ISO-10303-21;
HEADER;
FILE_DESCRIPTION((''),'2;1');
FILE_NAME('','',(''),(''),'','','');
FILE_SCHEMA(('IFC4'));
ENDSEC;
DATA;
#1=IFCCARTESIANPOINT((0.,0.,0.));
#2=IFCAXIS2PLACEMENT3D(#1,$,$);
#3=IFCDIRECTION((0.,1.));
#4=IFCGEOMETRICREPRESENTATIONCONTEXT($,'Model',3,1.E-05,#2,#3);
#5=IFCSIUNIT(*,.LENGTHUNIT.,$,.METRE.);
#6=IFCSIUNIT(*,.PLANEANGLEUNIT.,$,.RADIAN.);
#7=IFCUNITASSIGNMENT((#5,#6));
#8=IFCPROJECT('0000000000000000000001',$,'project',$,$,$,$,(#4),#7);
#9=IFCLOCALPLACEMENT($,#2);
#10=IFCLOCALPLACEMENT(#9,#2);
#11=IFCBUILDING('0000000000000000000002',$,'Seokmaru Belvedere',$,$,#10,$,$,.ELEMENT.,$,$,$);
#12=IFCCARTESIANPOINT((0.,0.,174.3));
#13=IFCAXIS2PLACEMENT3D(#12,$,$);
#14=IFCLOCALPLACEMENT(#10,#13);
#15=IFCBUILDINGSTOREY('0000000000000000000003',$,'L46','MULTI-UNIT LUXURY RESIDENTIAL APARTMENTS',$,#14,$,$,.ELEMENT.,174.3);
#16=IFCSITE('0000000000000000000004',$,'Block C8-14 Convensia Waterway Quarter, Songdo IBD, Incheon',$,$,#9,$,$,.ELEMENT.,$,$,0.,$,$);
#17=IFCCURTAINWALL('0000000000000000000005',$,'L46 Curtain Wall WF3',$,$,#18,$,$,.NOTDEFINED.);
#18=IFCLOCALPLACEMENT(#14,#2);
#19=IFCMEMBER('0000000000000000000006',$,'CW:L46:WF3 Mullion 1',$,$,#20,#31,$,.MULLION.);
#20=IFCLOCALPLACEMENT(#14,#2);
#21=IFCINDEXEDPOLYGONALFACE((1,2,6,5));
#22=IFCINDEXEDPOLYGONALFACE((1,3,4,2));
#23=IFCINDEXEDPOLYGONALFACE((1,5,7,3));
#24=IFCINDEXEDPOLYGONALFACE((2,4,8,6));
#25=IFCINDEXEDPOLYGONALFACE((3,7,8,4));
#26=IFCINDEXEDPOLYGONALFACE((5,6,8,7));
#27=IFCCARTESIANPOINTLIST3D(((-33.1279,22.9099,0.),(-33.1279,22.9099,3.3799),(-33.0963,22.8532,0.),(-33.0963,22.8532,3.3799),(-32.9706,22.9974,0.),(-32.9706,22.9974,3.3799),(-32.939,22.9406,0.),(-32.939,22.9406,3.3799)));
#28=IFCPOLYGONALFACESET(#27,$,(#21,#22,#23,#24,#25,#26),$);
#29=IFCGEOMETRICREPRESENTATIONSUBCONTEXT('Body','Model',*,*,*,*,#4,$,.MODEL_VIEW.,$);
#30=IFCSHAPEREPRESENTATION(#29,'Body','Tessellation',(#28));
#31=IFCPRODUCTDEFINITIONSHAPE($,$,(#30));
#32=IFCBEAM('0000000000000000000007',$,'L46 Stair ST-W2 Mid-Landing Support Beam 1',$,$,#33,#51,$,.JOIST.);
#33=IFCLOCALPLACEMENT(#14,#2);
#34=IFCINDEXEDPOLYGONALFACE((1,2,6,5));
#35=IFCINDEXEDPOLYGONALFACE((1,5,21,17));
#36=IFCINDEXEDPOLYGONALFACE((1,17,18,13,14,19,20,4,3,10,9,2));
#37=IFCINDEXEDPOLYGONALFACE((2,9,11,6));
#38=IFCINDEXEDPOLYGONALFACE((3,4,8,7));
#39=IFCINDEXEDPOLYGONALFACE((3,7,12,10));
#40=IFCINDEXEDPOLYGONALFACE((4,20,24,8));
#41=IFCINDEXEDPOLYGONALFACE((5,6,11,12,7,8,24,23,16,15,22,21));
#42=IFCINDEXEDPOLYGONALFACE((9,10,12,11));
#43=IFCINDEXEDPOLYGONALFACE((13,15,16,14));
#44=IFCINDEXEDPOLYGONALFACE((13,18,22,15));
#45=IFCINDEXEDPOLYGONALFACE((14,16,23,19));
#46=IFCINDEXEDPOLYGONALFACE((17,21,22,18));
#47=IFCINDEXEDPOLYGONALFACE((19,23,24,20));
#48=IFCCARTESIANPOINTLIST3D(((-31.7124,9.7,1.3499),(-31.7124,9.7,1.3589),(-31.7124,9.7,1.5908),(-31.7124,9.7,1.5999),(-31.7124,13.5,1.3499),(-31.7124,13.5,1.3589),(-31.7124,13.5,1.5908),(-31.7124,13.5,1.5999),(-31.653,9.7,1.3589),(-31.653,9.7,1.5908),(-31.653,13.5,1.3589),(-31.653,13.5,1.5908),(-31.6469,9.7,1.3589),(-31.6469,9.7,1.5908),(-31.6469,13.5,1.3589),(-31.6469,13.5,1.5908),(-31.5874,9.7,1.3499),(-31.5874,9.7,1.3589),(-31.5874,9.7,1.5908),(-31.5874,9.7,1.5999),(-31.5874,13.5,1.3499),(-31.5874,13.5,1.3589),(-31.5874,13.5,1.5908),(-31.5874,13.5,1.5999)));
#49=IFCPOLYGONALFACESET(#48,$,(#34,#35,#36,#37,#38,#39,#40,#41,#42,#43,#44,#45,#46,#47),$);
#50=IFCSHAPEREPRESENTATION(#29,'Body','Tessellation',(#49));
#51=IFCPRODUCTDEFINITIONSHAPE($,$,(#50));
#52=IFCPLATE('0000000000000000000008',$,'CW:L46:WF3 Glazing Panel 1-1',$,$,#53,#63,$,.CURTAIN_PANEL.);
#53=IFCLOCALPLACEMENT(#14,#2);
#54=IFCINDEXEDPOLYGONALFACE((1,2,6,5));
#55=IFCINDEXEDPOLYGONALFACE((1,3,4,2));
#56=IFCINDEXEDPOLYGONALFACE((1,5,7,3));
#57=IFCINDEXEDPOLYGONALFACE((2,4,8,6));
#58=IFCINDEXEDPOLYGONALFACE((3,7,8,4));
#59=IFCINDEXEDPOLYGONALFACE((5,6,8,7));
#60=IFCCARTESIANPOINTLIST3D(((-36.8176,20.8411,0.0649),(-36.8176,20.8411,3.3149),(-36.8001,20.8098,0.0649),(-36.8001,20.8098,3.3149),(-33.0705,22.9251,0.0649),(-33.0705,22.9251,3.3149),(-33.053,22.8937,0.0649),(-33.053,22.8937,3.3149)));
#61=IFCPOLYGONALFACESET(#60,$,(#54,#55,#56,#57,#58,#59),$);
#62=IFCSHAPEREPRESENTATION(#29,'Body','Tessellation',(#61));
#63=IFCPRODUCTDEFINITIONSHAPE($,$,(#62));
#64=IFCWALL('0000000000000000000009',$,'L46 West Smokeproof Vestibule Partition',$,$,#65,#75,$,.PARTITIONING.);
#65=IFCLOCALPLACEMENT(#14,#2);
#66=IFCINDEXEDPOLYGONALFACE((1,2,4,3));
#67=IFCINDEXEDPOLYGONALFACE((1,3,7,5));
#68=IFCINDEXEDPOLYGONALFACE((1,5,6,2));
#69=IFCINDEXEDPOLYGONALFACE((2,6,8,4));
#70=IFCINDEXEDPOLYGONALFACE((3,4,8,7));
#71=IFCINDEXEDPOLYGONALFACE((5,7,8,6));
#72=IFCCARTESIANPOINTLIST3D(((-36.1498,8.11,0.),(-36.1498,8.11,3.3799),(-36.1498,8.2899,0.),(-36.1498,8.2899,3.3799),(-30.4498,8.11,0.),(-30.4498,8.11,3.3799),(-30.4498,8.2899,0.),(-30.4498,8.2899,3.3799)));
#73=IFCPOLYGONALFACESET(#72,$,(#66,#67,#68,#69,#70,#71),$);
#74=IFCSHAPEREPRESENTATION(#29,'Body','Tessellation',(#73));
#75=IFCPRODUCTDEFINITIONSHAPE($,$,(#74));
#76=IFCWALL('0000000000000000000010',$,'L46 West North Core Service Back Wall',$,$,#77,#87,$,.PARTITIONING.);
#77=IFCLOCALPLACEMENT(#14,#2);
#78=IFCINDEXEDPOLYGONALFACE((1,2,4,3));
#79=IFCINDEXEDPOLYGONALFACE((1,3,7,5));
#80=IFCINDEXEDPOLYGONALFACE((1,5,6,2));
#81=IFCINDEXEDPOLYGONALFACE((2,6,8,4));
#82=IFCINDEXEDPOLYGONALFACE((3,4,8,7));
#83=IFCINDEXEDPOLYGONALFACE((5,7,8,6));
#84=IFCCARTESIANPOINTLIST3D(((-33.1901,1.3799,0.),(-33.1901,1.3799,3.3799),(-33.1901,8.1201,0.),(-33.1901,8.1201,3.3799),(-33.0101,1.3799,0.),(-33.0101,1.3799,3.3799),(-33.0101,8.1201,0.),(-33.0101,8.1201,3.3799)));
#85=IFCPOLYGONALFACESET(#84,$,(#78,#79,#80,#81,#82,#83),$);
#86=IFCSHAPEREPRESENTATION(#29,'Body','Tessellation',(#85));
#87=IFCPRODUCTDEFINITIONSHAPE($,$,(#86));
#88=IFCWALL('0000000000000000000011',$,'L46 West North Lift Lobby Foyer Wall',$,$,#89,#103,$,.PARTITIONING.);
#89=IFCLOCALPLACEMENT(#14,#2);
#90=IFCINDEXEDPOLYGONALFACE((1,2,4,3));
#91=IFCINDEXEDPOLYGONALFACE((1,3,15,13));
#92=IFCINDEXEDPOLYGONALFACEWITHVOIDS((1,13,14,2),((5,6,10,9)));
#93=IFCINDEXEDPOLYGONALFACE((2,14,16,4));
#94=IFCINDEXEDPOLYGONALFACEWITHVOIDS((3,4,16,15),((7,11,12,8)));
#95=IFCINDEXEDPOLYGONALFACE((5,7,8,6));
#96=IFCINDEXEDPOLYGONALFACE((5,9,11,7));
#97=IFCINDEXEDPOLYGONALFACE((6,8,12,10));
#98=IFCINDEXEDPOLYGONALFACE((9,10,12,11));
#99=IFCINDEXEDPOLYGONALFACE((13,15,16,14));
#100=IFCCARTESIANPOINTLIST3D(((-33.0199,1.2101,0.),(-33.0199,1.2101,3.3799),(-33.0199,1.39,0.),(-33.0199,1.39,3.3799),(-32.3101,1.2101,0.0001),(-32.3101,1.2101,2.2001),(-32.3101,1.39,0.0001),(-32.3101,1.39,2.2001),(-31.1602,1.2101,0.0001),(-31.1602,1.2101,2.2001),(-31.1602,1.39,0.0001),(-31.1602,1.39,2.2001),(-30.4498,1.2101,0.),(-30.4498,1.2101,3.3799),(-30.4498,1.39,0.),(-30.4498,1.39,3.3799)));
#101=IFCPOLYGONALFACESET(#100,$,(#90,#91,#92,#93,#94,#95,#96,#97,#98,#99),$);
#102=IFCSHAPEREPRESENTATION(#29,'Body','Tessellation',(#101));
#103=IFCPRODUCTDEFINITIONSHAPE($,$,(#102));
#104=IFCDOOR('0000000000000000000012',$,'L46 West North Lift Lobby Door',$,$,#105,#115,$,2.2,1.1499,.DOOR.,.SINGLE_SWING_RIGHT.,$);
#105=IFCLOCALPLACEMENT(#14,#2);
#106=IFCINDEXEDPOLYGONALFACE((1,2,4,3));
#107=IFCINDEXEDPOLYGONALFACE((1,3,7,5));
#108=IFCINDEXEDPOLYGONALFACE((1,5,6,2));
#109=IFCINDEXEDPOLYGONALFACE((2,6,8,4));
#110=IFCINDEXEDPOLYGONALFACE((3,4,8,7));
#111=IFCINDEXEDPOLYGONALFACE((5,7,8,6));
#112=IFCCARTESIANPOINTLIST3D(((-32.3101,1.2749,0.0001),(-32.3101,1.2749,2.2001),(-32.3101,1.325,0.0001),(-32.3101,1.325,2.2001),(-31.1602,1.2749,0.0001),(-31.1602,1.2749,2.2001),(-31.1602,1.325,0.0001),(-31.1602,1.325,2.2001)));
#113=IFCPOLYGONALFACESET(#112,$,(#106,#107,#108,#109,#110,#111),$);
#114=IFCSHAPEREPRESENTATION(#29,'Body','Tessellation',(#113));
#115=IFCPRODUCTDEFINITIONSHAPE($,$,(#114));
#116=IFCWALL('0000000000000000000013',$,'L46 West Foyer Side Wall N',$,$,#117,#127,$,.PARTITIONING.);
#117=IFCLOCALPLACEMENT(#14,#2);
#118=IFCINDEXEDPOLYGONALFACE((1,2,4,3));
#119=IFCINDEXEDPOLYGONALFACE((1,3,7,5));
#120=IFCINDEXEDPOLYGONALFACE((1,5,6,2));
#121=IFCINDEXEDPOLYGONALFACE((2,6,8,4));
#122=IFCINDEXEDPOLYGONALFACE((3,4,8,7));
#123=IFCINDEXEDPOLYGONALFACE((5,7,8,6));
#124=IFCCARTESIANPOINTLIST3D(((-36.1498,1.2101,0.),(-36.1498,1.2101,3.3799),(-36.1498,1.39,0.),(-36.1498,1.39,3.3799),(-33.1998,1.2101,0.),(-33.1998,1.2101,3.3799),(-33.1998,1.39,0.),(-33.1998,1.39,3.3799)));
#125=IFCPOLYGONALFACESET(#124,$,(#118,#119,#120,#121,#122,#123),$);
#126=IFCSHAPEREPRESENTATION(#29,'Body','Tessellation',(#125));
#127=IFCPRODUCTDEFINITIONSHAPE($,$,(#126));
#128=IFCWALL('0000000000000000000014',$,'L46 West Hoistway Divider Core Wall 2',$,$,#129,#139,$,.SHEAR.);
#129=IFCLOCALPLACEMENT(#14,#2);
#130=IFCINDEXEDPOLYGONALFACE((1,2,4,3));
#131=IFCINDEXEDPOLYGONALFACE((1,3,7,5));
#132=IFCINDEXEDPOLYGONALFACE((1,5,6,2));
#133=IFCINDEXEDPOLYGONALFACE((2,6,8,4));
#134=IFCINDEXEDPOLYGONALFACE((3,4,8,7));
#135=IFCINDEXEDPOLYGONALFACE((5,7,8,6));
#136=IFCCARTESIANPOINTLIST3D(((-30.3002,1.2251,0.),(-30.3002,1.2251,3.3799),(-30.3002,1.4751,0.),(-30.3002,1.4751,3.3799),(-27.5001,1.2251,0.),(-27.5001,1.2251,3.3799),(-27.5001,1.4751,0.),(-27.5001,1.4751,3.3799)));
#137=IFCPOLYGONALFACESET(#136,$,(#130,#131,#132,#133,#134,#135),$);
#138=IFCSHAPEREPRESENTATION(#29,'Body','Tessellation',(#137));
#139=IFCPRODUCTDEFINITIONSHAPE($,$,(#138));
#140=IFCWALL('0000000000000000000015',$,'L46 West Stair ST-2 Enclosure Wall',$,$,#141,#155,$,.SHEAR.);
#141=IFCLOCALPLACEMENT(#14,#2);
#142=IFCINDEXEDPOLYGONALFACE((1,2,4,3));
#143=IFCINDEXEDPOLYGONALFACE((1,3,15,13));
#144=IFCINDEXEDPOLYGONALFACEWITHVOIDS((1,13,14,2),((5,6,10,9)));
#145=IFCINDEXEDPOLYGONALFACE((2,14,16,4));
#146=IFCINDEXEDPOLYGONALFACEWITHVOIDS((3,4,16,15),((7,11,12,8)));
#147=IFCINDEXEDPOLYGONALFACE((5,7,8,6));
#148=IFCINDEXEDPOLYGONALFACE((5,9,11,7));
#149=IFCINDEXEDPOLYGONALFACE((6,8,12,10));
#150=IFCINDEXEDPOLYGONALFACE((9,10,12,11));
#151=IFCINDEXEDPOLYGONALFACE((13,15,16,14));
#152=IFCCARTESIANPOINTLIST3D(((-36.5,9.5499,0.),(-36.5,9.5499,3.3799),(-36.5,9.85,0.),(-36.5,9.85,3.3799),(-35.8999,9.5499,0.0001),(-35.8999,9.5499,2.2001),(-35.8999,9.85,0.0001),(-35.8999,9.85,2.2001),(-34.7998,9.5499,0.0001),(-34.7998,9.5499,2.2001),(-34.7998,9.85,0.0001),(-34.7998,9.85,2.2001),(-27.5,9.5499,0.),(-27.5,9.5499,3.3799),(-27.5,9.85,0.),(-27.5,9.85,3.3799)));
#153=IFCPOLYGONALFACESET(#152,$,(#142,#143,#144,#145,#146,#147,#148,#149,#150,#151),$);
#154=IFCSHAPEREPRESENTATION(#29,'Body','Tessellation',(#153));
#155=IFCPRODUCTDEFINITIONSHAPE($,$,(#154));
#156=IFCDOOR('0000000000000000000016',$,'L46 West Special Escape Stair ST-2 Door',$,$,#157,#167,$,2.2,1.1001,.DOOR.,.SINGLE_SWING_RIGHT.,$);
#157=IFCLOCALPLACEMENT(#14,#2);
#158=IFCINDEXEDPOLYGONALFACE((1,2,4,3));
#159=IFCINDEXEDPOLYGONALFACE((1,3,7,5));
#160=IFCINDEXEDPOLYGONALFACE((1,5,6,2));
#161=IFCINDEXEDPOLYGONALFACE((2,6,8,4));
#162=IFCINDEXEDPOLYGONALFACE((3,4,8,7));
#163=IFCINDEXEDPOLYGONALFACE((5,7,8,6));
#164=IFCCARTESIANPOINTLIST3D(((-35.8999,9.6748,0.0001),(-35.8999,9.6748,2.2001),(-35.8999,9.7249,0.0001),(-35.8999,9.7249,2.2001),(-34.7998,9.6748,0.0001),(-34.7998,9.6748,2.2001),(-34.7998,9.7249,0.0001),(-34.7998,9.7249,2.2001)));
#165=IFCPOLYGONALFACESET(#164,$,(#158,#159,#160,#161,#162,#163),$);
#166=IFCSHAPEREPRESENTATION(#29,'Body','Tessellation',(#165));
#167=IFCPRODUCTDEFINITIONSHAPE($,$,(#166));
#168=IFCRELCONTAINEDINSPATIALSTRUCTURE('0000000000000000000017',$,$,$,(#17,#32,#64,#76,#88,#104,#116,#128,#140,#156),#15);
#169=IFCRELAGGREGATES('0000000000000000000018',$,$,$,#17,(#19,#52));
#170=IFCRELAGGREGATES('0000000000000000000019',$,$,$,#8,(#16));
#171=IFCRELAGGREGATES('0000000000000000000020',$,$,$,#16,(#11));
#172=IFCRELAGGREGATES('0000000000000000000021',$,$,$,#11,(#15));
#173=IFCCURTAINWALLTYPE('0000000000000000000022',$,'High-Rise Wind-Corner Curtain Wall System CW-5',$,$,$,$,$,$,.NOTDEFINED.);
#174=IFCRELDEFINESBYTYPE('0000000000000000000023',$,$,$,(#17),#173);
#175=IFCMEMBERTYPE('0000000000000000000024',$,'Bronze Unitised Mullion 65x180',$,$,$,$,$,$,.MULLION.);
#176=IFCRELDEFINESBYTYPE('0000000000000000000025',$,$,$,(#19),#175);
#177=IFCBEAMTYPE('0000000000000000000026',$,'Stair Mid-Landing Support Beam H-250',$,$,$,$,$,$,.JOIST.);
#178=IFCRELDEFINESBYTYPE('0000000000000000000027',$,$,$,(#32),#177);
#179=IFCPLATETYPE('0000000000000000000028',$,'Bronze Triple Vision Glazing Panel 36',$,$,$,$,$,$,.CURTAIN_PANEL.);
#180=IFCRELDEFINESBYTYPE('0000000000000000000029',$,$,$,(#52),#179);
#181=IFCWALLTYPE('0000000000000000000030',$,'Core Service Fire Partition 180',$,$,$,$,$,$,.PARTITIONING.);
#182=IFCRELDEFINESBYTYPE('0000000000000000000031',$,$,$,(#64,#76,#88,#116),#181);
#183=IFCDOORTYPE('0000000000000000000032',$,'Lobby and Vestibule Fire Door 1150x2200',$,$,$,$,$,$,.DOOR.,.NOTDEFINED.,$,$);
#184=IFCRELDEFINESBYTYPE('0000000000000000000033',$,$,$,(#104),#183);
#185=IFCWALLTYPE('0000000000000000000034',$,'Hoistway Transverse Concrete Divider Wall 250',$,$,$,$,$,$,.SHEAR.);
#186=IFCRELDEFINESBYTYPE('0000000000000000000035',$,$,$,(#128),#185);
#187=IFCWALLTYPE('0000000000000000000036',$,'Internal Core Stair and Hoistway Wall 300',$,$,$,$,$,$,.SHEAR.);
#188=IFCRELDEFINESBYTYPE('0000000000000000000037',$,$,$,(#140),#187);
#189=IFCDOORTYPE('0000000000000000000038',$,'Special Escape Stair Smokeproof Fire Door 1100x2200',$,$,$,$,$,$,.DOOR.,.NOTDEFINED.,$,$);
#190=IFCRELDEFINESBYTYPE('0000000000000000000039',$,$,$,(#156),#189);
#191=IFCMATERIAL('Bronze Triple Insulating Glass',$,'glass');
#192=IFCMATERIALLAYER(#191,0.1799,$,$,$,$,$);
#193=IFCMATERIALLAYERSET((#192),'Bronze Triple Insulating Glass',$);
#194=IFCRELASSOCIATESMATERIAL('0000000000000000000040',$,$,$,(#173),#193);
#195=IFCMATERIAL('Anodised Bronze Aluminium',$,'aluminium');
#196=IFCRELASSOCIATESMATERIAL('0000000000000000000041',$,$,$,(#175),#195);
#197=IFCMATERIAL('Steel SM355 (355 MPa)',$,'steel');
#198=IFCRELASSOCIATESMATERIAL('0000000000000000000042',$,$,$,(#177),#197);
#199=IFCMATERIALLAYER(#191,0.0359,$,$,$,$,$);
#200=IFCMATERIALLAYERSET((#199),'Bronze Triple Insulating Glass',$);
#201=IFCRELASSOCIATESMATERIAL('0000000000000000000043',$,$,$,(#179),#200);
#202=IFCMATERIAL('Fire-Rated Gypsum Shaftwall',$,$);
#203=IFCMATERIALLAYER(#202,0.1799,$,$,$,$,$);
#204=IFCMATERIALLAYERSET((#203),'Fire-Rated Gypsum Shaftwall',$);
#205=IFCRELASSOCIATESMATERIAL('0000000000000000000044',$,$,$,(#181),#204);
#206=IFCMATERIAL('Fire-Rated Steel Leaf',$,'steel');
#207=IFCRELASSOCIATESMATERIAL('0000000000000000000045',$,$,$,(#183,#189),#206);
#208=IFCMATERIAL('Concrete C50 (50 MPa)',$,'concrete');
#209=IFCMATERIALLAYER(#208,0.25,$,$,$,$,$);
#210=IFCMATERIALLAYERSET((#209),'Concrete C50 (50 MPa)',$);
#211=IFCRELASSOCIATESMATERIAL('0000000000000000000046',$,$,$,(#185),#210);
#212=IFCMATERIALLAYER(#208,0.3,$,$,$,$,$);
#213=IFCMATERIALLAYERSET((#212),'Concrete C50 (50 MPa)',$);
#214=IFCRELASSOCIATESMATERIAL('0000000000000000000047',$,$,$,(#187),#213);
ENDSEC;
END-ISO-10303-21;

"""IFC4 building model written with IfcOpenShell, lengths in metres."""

from ifc_helpers import new_model, si_unit, direction, frame, frame_2d, origin, origin_2d, place, context, subcontext, project, spatial, rectangle, i_section, extrude, source, transform, mapped, material, layer, layer_set, material_profile, profile_set, type_object, type_shapes, element, fill, aggregate, save


model = new_model("IFC4")

# Units and contexts
model_context = context("Model", 3, precision=1e-05, world=origin(), true_north=direction((0.0, 1.0)))
body_context = subcontext(model_context, "Body", "Model", "MODEL_VIEW")
ifc_project = project(units=[si_unit("LENGTHUNIT", "METRE"), si_unit("PLANEANGLEUNIT", "RADIAN")], contexts=[model_context])

# Site, building, storey
site_placement = place(None, origin())
site = spatial("IfcSite", under=ifc_project, at=site_placement, Name="Block C8-14 Convensia Waterway Quarter, Songdo IBD, Incheon", CompositionType="ELEMENT", RefElevation=0.0)
building_placement = place(site_placement, origin())
building = spatial("IfcBuilding", under=site, at=building_placement, Name="Seokmaru Belvedere", CompositionType="ELEMENT")
storey_placement = place(building_placement, frame((0.0, 0.0, 174.3)))
storey = spatial("IfcBuildingStorey", under=building, at=storey_placement, Name="L46", Description="MULTI-UNIT LUXURY RESIDENTIAL APARTMENTS", CompositionType="ELEMENT", Elevation=174.3)

# Shared definitions
ifc_material_1 = material(Name="Steel SM355 (355 MPa)", Category="steel")

# Curtain wall
ifc_material_2 = material(Name="Bronze Triple Insulating Glass", Category="glass")
ifc_layer_1 = layer(ifc_material_2, 0.1799)
ifc_layer_set_1 = layer_set([ifc_layer_1], Name="Bronze Triple Insulating Glass")
curtain_wall_type = type_object("IfcCurtainWallType", Name="High-Rise Wind-Corner Curtain Wall System CW-5", PredefinedType="NOTDEFINED", material=ifc_layer_set_1)
curtain_wall_1_placement = place(storey_placement, origin())
curtain_wall_1 = element("IfcCurtainWall", 1, at=curtain_wall_1_placement, inside=storey, type_object=curtain_wall_type, Name="L46 Curtain Wall WF3", PredefinedType="NOTDEFINED")
ifc_material_3 = material(Name="Anodised Bronze Aluminium", Category="aluminium")

# Shared definitions
ifc_material_profile_1 = material_profile(ifc_material_3, rectangle(XDim=0.0649, YDim=0.1799, at=origin_2d()), Name="CW-M-65x180")
ifc_profile_set_1 = profile_set([ifc_material_profile_1], Name="Anodised Bronze Aluminium")
member_type_1 = type_object("IfcMemberType", Name="Bronze Unitised Mullion 65x180", PredefinedType="MULLION", material=ifc_profile_set_1)
shared_shape_1 = source(origin(), body_context, "Body", "SweptSolid", [
    extrude(rectangle(XDim=0.0649, YDim=0.1799, at=origin_2d()), origin(), (0.0, 0.0, 1.0), 3.3799),
])
type_shapes(member_type_1, [shared_shape_1])

# Member
member_1_placement = place(storey_placement, frame((-33.0334, 22.9253, 0.0), z_axis=(0.0, 0.0, 1.0), x_axis=(0.486047, -0.873933, 0.0)))
member_1 = element("IfcMember", 2, at=member_1_placement, type_object=member_type_1, Name="CW:L46:WF3 Mullion 1", PredefinedType="MULLION", context=body_context, shape_type="MappedRepresentation", body=[
    mapped(shared_shape_1, transform((0.0, 0.0, 0.0), scale=1.0)),
])

# Beam
ifc_material_profile_2 = material_profile(ifc_material_1, i_section(OverallWidth=0.125, OverallDepth=0.25, WebThickness=0.0061, FlangeThickness=0.009, at=origin_2d()), Name="H-250x125x6x9")
ifc_profile_set_2 = profile_set([ifc_material_profile_2], Name="Steel SM355 (355 MPa)")
beam_type_1 = type_object("IfcBeamType", Name="Stair Mid-Landing Support Beam H-250", PredefinedType="JOIST", material=ifc_profile_set_2)
shared_shape_2 = source(origin(), body_context, "Body", "SweptSolid", [
    extrude(i_section(OverallWidth=0.125, OverallDepth=0.25, WebThickness=0.0061, FlangeThickness=0.009, at=origin_2d()), origin(), (0.0, 0.0, 1.0), 3.8),
])
type_shapes(beam_type_1, [shared_shape_2])
beam_1_placement = place(storey_placement, frame((-31.6499, 9.7, 1.4749), z_axis=(0.0, 1.0, 0.0), x_axis=(-1.0, 0.0, 0.0)))
element("IfcBeam", 3, at=beam_1_placement, inside=storey, type_object=beam_type_1, Name="L46 Stair ST-W2 Mid-Landing Support Beam 1", PredefinedType="JOIST", context=body_context, shape_type="MappedRepresentation", body=[
    mapped(shared_shape_2, transform((0.0, 0.0, 0.0), scale=1.0)),
])

# Plate
ifc_layer_2 = layer(ifc_material_2, 0.0359)
ifc_layer_set_2 = layer_set([ifc_layer_2], Name="Bronze Triple Insulating Glass")
plate_type = type_object("IfcPlateType", Name="Bronze Triple Vision Glazing Panel 36", PredefinedType="CURTAIN_PANEL", material=ifc_layer_set_2)
shared_shape_3 = source(origin(), body_context, "Body", "SweptSolid", [
    extrude(rectangle(XDim=4.2876, YDim=0.0359, at=origin_2d()), origin(), (0.0, 0.0, 1.0), 3.25),
])
type_shapes(plate_type, [shared_shape_3])
plate_placement = place(storey_placement, frame((-34.9353, 21.8674, 0.0649), z_axis=(0.0, 0.0, 1.0), x_axis=(-0.873933, -0.486047, 0.0)))
plate = element("IfcPlate", 4, at=plate_placement, type_object=plate_type, Name="CW:L46:WF3 Glazing Panel 1-1", PredefinedType="CURTAIN_PANEL", context=body_context, shape_type="MappedRepresentation", body=[
    mapped(shared_shape_3, transform((0.0, 0.0, 0.0), scale=1.0)),
])
aggregate(curtain_wall_1, [member_1, plate])

# Walls
ifc_material_4 = material(Name="Fire-Rated Gypsum Shaftwall")
ifc_layer_3 = layer(ifc_material_4, 0.1799)
ifc_layer_set_3 = layer_set([ifc_layer_3], Name="Fire-Rated Gypsum Shaftwall")
wall_type_1 = type_object("IfcWallType", Name="Core Service Fire Partition 180", PredefinedType="PARTITIONING", material=ifc_layer_set_3)
wall_1_placement = place(storey_placement, frame((-36.1499, 8.2, 0.0), z_axis=(0.0, 0.0, 1.0), x_axis=(1.0, 0.0, 0.0)))
element("IfcWall", 5, at=wall_1_placement, inside=storey, type_object=wall_type_1, Name="L46 West Smokeproof Vestibule Partition", PredefinedType="PARTITIONING", context=body_context, shape_type="SweptSolid", body=[
    extrude(rectangle(XDim=5.7, YDim=0.1799, at=frame_2d((2.8501, 0.0))), origin(), (0.0, 0.0, 1.0), 3.3799),
])
wall_2_placement = place(storey_placement, frame((-33.1001, 1.3799, 0.0), z_axis=(0.0, 0.0, 1.0), x_axis=(0.0, 1.0, 0.0)))
element("IfcWall", 6, at=wall_2_placement, inside=storey, type_object=wall_type_1, Name="L46 West North Core Service Back Wall", PredefinedType="PARTITIONING", context=body_context, shape_type="SweptSolid", body=[
    extrude(rectangle(XDim=6.7402, YDim=0.1799, at=frame_2d((3.3701, 0.0))), origin(), (0.0, 0.0, 1.0), 3.3799),
])

# Wall, opening, door
wall_3_placement = place(storey_placement, frame((-33.02, 1.3, 0.0), z_axis=(0.0, 0.0, 1.0), x_axis=(1.0, 0.0, 0.0)))
wall_3 = element("IfcWall", 7, at=wall_3_placement, inside=storey, type_object=wall_type_1, Name="L46 West North Lift Lobby Foyer Wall", PredefinedType="PARTITIONING", context=body_context, shape_type="SweptSolid", body=[
    extrude(rectangle(XDim=2.5701, YDim=0.1799, at=frame_2d((1.2852, 0.0))), origin(), (0.0, 0.0, 1.0), 3.3799),
])
opening_1_placement = place(wall_3_placement, frame((0.71, 0.0, 0.0)))
opening_1 = element("IfcOpeningElement", 8, at=opening_1_placement, cuts=wall_3, PredefinedType="OPENING", context=body_context, shape_type="SweptSolid", body=[
    extrude(rectangle(XDim=1.1499, YDim=2.2, at=frame_2d((0.575, 1.1001))), frame((0.0, 0.1001, 0.0), z_axis=(0.0, -1.0, 0.0), x_axis=(1.0, 0.0, 0.0)), (0.0, 0.0, 1.0), 0.2),
])
ifc_material_5 = material(Name="Fire-Rated Steel Leaf", Category="steel")
door_type_1 = type_object("IfcDoorType", Name="Lobby and Vestibule Fire Door 1150x2200", OperationType="NOTDEFINED", PredefinedType="DOOR", material=ifc_material_5)
shared_shape_4 = source(origin(), body_context, "Body", "SweptSolid", [
    extrude(rectangle(XDim=1.1499, YDim=2.2, at=frame_2d((0.575, 1.1001))), frame((0.0, 0.0249, 0.0), z_axis=(0.0, -1.0, 0.0), x_axis=(1.0, 0.0, 0.0)), (0.0, 0.0, 1.0), 0.05),
])
type_shapes(door_type_1, [shared_shape_4])
door_1_placement = place(opening_1_placement, origin())
door_1 = element("IfcDoor", 9, at=door_1_placement, inside=storey, type_object=door_type_1, Name="L46 West North Lift Lobby Door", OperationType="SINGLE_SWING_RIGHT", OverallHeight=2.2, OverallWidth=1.1499, PredefinedType="DOOR", context=body_context, shape_type="MappedRepresentation", body=[
    mapped(shared_shape_4, transform((0.0, 0.0, 0.0), scale=1.0)),
])
fill(opening_1, door_1)

# Walls
wall_4_placement = place(storey_placement, frame((-36.1499, 1.3, 0.0), z_axis=(0.0, 0.0, 1.0), x_axis=(1.0, 0.0, 0.0)))
element("IfcWall", 10, at=wall_4_placement, inside=storey, type_object=wall_type_1, Name="L46 West Foyer Side Wall N", PredefinedType="PARTITIONING", context=body_context, shape_type="SweptSolid", body=[
    extrude(rectangle(XDim=2.95, YDim=0.1799, at=frame_2d((1.4751, 0.0))), origin(), (0.0, 0.0, 1.0), 3.3799),
])
ifc_material_6 = material(Name="Concrete C50 (50 MPa)", Category="concrete")
ifc_layer_4 = layer(ifc_material_6, 0.25)
ifc_layer_set_4 = layer_set([ifc_layer_4], Name="Concrete C50 (50 MPa)")
wall_type_2 = type_object("IfcWallType", Name="Hoistway Transverse Concrete Divider Wall 250", PredefinedType="SHEAR", material=ifc_layer_set_4)
wall_5_placement = place(storey_placement, frame((-30.3, 1.3501, 0.0), z_axis=(0.0, 0.0, 1.0), x_axis=(1.0, 0.0, 0.0)))
element("IfcWall", 11, at=wall_5_placement, inside=storey, type_object=wall_type_2, Name="L46 West Hoistway Divider Core Wall 2", PredefinedType="SHEAR", context=body_context, shape_type="SweptSolid", body=[
    extrude(rectangle(XDim=2.8, YDim=0.25, at=frame_2d((1.3999, 0.0))), origin(), (0.0, 0.0, 1.0), 3.3799),
])

# Wall, opening, door
ifc_layer_5 = layer(ifc_material_6, 0.3)
ifc_layer_set_5 = layer_set([ifc_layer_5], Name="Concrete C50 (50 MPa)")
wall_type_3 = type_object("IfcWallType", Name="Internal Core Stair and Hoistway Wall 300", PredefinedType="SHEAR", material=ifc_layer_set_5)
wall_6_placement = place(storey_placement, frame((-36.5, 9.7, 0.0), z_axis=(0.0, 0.0, 1.0), x_axis=(1.0, 0.0, 0.0)))
wall_6 = element("IfcWall", 12, at=wall_6_placement, inside=storey, type_object=wall_type_3, Name="L46 West Stair ST-2 Enclosure Wall", PredefinedType="SHEAR", context=body_context, shape_type="SweptSolid", body=[
    extrude(rectangle(XDim=9.0, YDim=0.3, at=frame_2d((4.5, 0.0))), origin(), (0.0, 0.0, 1.0), 3.3799),
])
opening_2_placement = place(wall_6_placement, frame((0.6001, 0.0, 0.0)))
opening_2 = element("IfcOpeningElement", 13, at=opening_2_placement, cuts=wall_6, PredefinedType="OPENING", context=body_context, shape_type="SweptSolid", body=[
    extrude(rectangle(XDim=1.1001, YDim=2.2, at=frame_2d((0.55, 1.1001))), frame((0.0, 0.1602, 0.0), z_axis=(0.0, -1.0, 0.0), x_axis=(1.0, 0.0, 0.0)), (0.0, 0.0, 1.0), 0.3201),
])
door_type_2 = type_object("IfcDoorType", Name="Special Escape Stair Smokeproof Fire Door 1100x2200", OperationType="NOTDEFINED", PredefinedType="DOOR", material=ifc_material_5)
shared_shape_5 = source(origin(), body_context, "Body", "SweptSolid", [
    extrude(rectangle(XDim=1.1001, YDim=2.2, at=frame_2d((0.55, 1.1001))), frame((0.0, 0.0249, 0.0), z_axis=(0.0, -1.0, 0.0), x_axis=(1.0, 0.0, 0.0)), (0.0, 0.0, 1.0), 0.05),
])
type_shapes(door_type_2, [shared_shape_5])
door_2_placement = place(opening_2_placement, origin())
door_2 = element("IfcDoor", 14, at=door_2_placement, inside=storey, type_object=door_type_2, Name="L46 West Special Escape Stair ST-2 Door", OperationType="SINGLE_SWING_RIGHT", OverallHeight=2.2, OverallWidth=1.1001, PredefinedType="DOOR", context=body_context, shape_type="MappedRepresentation", body=[
    mapped(shared_shape_5, transform((0.0, 0.0, 0.0), scale=1.0)),
])
fill(opening_2, door_2)

save(model, "model.ifc")
